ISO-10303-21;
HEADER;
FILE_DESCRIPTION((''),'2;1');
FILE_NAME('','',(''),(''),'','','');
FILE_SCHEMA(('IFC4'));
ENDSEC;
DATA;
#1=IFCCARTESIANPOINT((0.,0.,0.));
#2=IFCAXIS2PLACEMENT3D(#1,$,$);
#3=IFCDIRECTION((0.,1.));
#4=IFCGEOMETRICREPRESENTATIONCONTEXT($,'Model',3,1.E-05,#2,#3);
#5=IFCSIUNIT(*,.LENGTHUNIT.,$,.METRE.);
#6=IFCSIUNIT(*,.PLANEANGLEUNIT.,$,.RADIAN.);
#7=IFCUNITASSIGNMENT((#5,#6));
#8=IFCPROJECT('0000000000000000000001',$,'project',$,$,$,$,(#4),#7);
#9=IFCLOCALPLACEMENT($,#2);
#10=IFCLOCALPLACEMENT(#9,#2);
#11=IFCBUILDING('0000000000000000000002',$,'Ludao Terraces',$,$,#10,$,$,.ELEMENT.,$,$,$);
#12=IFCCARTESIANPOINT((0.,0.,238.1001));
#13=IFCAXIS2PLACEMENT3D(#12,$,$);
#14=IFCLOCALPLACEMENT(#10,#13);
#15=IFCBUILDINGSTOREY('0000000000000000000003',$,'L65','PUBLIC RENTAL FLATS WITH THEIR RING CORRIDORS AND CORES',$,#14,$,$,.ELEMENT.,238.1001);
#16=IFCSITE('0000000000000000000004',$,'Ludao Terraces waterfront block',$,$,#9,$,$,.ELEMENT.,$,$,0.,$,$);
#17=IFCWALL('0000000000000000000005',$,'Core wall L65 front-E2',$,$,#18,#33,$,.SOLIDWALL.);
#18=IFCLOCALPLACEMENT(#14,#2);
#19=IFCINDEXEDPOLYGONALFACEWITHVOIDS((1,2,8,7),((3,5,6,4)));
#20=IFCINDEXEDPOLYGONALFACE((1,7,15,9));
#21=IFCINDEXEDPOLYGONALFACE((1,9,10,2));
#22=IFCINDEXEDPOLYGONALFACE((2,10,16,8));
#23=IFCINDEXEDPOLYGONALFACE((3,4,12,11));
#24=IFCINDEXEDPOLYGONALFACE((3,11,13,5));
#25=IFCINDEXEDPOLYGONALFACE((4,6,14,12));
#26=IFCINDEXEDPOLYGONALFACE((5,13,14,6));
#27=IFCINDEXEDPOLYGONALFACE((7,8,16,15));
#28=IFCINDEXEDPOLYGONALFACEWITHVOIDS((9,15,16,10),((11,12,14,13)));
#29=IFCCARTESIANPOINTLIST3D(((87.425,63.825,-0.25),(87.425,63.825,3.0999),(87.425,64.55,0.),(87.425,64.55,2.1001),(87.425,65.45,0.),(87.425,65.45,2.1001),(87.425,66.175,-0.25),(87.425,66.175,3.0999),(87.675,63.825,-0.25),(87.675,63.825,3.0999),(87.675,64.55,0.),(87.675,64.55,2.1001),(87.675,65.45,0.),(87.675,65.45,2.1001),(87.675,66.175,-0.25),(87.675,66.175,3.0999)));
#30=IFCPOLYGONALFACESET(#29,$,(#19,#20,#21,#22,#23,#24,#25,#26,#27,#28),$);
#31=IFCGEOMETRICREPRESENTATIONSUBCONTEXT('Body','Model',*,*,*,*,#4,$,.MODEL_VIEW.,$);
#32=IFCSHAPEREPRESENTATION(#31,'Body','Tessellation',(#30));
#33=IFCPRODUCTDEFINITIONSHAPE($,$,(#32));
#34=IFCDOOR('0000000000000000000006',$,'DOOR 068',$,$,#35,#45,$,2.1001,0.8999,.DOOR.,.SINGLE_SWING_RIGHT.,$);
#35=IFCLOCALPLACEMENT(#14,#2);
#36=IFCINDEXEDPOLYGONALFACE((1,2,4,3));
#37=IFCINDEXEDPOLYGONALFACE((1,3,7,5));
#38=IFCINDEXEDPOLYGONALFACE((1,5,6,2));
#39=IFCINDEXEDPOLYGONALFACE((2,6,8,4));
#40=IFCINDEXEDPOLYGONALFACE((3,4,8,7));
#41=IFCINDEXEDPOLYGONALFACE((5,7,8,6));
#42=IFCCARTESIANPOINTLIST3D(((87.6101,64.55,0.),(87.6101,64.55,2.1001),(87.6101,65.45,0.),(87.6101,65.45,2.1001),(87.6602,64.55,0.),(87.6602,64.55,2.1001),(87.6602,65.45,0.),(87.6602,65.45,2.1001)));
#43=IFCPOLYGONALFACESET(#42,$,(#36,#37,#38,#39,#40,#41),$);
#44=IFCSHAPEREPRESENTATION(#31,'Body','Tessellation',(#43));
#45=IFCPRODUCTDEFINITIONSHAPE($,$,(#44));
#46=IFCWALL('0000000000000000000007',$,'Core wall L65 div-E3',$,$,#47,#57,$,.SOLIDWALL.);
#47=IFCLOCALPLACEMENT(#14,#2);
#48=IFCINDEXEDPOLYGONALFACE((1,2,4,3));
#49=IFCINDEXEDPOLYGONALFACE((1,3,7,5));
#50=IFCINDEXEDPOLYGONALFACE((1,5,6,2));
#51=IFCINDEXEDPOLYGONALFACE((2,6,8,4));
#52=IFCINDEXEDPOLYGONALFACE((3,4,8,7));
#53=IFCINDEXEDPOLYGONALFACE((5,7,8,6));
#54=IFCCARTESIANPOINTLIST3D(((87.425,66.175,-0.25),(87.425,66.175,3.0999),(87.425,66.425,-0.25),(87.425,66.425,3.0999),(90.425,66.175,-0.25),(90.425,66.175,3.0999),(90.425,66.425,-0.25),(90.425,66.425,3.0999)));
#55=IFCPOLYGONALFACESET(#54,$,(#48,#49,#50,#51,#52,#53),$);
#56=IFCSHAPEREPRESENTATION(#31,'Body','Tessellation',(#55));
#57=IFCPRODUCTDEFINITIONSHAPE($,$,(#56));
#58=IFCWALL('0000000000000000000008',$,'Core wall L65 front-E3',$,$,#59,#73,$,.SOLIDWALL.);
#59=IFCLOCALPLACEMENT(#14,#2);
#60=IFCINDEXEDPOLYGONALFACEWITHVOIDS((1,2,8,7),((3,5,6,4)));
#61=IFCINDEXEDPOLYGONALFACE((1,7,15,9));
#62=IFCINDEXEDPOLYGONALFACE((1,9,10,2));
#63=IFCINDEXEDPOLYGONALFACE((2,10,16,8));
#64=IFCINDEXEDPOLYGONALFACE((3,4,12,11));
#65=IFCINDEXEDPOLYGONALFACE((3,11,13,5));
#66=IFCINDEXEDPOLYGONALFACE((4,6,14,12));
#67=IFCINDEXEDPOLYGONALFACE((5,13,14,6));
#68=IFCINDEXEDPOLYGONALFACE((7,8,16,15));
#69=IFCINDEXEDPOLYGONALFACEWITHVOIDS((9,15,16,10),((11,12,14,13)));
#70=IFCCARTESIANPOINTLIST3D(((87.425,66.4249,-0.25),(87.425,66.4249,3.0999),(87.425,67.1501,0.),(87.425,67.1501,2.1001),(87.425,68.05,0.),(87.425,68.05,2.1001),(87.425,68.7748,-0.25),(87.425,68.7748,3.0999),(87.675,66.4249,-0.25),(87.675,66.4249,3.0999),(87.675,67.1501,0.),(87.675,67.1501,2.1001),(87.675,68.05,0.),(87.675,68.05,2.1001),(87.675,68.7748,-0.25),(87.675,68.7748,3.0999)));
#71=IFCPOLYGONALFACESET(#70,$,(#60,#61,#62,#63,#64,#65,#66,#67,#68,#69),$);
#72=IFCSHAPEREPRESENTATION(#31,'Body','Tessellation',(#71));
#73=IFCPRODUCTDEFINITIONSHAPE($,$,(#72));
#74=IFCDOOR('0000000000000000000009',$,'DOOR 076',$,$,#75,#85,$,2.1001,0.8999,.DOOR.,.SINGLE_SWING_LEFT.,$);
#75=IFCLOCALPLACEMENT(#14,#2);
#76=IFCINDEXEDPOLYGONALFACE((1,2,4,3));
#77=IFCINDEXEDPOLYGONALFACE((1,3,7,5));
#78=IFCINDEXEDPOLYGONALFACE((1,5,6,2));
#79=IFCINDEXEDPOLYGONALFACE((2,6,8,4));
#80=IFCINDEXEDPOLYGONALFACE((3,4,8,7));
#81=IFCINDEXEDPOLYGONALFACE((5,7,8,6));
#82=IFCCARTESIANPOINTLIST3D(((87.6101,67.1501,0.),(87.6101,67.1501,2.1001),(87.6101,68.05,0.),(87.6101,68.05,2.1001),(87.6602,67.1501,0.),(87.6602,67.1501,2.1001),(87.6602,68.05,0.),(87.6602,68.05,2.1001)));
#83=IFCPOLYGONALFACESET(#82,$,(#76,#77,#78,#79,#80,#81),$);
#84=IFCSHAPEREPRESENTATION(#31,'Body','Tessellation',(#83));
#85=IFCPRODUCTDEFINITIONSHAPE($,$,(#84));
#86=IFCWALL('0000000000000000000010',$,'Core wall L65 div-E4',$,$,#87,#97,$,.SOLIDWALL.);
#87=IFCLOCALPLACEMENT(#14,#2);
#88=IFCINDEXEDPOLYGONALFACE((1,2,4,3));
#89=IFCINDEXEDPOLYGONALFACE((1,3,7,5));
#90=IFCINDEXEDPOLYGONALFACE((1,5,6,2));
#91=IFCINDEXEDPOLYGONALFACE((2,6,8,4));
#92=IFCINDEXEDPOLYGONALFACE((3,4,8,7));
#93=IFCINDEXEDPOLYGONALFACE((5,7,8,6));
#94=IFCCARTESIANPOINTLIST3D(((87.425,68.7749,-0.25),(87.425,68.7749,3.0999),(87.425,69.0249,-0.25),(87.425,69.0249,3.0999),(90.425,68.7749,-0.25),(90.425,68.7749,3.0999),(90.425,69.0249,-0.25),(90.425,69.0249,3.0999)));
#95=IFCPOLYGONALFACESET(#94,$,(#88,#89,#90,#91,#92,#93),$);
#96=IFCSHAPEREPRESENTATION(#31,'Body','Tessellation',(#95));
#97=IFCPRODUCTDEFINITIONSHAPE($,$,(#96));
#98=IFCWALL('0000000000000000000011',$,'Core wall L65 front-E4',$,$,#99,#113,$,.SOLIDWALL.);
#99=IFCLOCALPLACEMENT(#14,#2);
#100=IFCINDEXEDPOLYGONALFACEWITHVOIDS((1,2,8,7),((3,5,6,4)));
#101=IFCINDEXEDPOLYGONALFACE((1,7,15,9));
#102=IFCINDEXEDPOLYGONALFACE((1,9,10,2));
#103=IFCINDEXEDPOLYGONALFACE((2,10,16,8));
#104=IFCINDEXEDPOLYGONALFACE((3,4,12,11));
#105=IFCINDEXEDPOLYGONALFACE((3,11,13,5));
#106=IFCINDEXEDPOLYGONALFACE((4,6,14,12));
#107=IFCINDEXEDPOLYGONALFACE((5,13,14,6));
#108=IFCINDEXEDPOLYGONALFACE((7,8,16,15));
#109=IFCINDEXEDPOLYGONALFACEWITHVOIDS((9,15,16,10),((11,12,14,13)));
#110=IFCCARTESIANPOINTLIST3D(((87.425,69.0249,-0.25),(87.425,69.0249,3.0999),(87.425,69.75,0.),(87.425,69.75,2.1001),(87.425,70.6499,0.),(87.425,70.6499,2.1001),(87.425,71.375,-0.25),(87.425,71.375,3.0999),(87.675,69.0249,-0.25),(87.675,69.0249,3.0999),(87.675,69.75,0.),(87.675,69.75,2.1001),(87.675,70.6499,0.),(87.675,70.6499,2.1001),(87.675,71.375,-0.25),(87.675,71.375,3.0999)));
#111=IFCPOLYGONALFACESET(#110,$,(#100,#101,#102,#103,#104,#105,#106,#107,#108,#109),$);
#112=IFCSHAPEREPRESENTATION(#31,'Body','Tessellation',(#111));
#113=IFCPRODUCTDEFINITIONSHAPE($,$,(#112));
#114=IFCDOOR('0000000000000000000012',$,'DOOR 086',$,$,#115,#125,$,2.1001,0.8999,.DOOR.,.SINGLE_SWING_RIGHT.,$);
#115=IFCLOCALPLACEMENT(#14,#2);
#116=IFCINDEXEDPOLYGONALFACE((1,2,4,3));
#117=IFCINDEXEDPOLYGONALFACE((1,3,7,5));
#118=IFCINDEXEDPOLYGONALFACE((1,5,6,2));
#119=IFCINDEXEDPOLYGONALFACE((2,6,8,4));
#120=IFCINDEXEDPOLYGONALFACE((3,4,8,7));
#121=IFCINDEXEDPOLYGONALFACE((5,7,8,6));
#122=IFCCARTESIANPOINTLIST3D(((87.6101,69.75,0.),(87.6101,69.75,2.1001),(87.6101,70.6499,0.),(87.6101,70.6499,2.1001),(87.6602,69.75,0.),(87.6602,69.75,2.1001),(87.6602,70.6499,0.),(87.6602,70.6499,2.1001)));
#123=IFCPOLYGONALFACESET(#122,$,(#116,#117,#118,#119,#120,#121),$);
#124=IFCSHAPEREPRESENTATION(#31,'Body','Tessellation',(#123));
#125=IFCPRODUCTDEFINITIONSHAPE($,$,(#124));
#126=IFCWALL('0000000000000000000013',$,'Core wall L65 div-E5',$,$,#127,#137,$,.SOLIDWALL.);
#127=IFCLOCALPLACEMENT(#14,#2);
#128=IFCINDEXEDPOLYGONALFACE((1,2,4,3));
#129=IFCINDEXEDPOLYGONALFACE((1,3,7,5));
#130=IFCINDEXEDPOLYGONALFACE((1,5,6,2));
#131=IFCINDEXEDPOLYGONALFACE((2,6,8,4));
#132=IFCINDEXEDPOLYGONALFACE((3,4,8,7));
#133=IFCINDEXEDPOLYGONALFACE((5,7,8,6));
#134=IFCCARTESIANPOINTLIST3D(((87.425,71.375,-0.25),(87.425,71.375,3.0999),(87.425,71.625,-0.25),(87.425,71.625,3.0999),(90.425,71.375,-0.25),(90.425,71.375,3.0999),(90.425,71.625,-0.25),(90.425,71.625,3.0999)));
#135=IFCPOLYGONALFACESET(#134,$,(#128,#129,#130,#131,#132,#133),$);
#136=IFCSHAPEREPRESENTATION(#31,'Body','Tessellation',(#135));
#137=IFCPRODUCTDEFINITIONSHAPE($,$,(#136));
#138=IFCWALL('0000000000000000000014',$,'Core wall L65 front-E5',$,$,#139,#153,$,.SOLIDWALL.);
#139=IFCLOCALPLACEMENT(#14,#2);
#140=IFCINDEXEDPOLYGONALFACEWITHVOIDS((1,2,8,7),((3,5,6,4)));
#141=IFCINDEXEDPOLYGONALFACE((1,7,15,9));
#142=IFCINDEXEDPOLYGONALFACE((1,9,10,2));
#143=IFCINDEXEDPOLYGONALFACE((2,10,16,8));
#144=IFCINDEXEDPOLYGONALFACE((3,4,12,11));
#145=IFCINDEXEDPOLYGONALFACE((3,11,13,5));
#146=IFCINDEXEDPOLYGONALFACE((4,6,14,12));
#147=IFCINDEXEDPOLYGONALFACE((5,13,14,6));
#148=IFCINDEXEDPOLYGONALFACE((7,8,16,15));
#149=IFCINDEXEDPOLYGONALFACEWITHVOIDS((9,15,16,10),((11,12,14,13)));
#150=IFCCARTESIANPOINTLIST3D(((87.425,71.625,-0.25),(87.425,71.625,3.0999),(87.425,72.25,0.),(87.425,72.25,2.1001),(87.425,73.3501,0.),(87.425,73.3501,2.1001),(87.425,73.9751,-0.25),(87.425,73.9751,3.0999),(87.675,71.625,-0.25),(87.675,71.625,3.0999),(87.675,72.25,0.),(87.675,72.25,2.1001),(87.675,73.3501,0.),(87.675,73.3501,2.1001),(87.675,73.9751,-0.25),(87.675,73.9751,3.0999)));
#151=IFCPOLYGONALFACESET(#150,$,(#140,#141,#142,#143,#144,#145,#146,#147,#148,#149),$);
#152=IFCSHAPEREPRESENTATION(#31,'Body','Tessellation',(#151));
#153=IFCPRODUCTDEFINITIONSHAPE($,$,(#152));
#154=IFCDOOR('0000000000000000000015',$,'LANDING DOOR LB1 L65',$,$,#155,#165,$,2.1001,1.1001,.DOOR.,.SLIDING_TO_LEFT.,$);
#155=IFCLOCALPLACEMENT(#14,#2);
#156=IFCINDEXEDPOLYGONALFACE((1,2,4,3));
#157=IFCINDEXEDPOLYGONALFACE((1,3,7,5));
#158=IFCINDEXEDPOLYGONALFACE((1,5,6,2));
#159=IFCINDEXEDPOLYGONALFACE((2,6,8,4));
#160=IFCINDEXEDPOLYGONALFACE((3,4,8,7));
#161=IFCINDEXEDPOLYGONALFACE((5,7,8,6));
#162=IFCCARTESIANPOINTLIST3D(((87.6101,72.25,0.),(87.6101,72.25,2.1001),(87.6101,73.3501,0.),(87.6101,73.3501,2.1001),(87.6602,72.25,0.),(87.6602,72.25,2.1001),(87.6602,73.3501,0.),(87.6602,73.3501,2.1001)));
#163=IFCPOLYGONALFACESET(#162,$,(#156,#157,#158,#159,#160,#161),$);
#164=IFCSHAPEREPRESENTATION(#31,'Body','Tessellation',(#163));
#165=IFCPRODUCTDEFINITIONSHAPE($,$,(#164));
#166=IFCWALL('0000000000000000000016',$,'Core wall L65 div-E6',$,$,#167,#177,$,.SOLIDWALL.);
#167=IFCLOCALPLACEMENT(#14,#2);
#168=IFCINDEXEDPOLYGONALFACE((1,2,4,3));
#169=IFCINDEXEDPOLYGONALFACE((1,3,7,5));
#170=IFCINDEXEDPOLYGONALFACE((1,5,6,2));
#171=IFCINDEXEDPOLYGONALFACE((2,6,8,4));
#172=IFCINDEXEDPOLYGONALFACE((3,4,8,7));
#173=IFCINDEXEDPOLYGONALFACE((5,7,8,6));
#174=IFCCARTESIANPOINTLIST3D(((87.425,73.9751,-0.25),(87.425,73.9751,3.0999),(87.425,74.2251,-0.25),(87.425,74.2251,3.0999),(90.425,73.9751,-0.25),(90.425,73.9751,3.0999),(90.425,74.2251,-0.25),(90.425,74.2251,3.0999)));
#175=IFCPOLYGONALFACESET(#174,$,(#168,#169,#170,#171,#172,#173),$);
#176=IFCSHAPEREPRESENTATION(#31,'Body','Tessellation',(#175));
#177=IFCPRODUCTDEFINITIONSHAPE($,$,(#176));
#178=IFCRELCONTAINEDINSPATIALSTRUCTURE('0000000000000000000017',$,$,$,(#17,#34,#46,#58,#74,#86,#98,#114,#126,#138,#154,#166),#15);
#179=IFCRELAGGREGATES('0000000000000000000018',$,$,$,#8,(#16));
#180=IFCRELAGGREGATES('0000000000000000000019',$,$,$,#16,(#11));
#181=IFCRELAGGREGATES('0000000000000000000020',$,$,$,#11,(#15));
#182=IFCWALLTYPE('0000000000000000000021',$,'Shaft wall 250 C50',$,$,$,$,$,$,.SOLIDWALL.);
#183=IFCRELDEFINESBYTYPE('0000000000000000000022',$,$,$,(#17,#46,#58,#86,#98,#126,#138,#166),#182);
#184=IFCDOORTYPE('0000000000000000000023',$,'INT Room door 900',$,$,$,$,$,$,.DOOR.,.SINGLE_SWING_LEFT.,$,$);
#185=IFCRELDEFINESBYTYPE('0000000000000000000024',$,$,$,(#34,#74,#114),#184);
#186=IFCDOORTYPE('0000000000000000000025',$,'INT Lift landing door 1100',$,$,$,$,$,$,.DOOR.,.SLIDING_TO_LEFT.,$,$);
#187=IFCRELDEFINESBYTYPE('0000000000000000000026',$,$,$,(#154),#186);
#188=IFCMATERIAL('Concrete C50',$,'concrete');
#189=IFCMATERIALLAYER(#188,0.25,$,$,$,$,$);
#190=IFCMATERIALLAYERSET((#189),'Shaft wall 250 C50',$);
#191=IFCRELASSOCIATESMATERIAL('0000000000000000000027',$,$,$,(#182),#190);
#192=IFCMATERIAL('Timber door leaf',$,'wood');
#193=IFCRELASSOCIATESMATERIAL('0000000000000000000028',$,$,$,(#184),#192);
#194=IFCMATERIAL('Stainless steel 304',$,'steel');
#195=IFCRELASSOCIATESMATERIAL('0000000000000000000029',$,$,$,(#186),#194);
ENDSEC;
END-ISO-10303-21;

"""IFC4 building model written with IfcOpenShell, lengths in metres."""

from ifc_helpers import new_model, si_unit, direction, frame, frame_2d, origin, place, context, subcontext, project, spatial, rectangle, extrude, material, layer, layer_set, type_object, element, fill, save


model = new_model("IFC4")

# Units and contexts
model_context = context("Model", 3, precision=1e-05, world=origin(), true_north=direction((0.0, 1.0)))
body_context = subcontext(model_context, "Body", "Model", "MODEL_VIEW")
ifc_project = project(units=[si_unit("LENGTHUNIT", "METRE"), si_unit("PLANEANGLEUNIT", "RADIAN")], contexts=[model_context])

# Site, building, storey
site_placement = place(None, origin())
site = spatial("IfcSite", under=ifc_project, at=site_placement, Name="Ludao Terraces waterfront block", CompositionType="ELEMENT", RefElevation=0.0)
building_placement = place(site_placement, origin())
building = spatial("IfcBuilding", under=site, at=building_placement, Name="Ludao Terraces", CompositionType="ELEMENT")
storey_placement = place(building_placement, frame((0.0, 0.0, 238.1001)))
storey = spatial("IfcBuildingStorey", under=building, at=storey_placement, Name="L65", Description="PUBLIC RENTAL FLATS WITH THEIR RING CORRIDORS AND CORES", CompositionType="ELEMENT", Elevation=238.1001)

# Shared definitions
ifc_material_1 = material(Name="Concrete C50", Category="concrete")
ifc_layer_1 = layer(ifc_material_1, 0.25)
ifc_layer_set_1 = layer_set([ifc_layer_1], Name="Shaft wall 250 C50")
wall_type_1 = type_object("IfcWallType", Name="Shaft wall 250 C50", PredefinedType="SOLIDWALL", material=ifc_layer_set_1)

# Wall, opening, door
wall_1_placement = place(storey_placement, frame((87.55, 63.825, -0.25), z_axis=(0.0, 0.0, 1.0), x_axis=(0.0, 1.0, 0.0)))
wall_1 = element("IfcWall", 1, at=wall_1_placement, inside=storey, type_object=wall_type_1, Name="Core wall L65 front-E2", PredefinedType="SOLIDWALL", context=body_context, shape_type="SweptSolid", body=[
    extrude(rectangle(XDim=2.3501, YDim=0.25, at=frame_2d((1.175, 0.0))), origin(), (0.0, 0.0, 1.0), 3.3499),
])
opening_1_placement = place(wall_1_placement, frame((0.7251, 0.0, 0.25)))
opening_1 = element("IfcOpeningElement", 2, at=opening_1_placement, cuts=wall_1, PredefinedType="OPENING", context=body_context, shape_type="SweptSolid", body=[
    extrude(rectangle(XDim=0.8999, YDim=2.1001, at=frame_2d((0.45, 1.05))), frame((0.0, 0.135, 0.0), z_axis=(0.0, -1.0, 0.0), x_axis=(1.0, 0.0, 0.0)), (0.0, 0.0, 1.0), 0.27),
])
ifc_material_2 = material(Name="Timber door leaf", Category="wood")
door_type_1 = type_object("IfcDoorType", Name="INT Room door 900", OperationType="SINGLE_SWING_LEFT", PredefinedType="DOOR", material=ifc_material_2)
door_1_placement = place(opening_1_placement, origin())
door_1 = element("IfcDoor", 3, at=door_1_placement, inside=storey, type_object=door_type_1, Name="DOOR 068", OperationType="SINGLE_SWING_RIGHT", OverallHeight=2.1001, OverallWidth=0.8999, PredefinedType="DOOR", context=body_context, shape_type="SweptSolid", body=[
    extrude(rectangle(XDim=0.8999, YDim=2.1001, at=frame_2d((0.45, 1.05))), frame((0.0, -0.0601, 0.0), z_axis=(0.0, -1.0, 0.0), x_axis=(1.0, 0.0, 0.0)), (0.0, 0.0, 1.0), 0.05),
])
fill(opening_1, door_1)

# Wall
wall_2_placement = place(storey_placement, frame((87.425, 66.3, -0.25), z_axis=(0.0, 0.0, 1.0), x_axis=(1.0, 0.0, 0.0)))
element("IfcWall", 4, at=wall_2_placement, inside=storey, type_object=wall_type_1, Name="Core wall L65 div-E3", PredefinedType="SOLIDWALL", context=body_context, shape_type="SweptSolid", body=[
    extrude(rectangle(XDim=3.0, YDim=0.25, at=frame_2d((1.5, 0.0))), origin(), (0.0, 0.0, 1.0), 3.3499),
])

# Wall, opening, door
wall_3_placement = place(storey_placement, frame((87.55, 66.425, -0.25), z_axis=(0.0, 0.0, 1.0), x_axis=(0.0, 1.0, 0.0)))
wall_3 = element("IfcWall", 5, at=wall_3_placement, inside=storey, type_object=wall_type_1, Name="Core wall L65 front-E3", PredefinedType="SOLIDWALL", context=body_context, shape_type="SweptSolid", body=[
    extrude(rectangle(XDim=2.3499, YDim=0.25, at=frame_2d((1.1748, 0.0))), origin(), (0.0, 0.0, 1.0), 3.3499),
])
opening_2_placement = place(wall_3_placement, frame((0.7251, 0.0, 0.25)))
opening_2 = element("IfcOpeningElement", 6, at=opening_2_placement, cuts=wall_3, PredefinedType="OPENING", context=body_context, shape_type="SweptSolid", body=[
    extrude(rectangle(XDim=0.8999, YDim=2.1001, at=frame_2d((0.45, 1.05))), frame((0.0, 0.135, 0.0), z_axis=(0.0, -1.0, 0.0), x_axis=(1.0, 0.0, 0.0)), (0.0, 0.0, 1.0), 0.27),
])
door_2_placement = place(opening_2_placement, origin())
door_2 = element("IfcDoor", 7, at=door_2_placement, inside=storey, type_object=door_type_1, Name="DOOR 076", OperationType="SINGLE_SWING_LEFT", OverallHeight=2.1001, OverallWidth=0.8999, PredefinedType="DOOR", context=body_context, shape_type="SweptSolid", body=[
    extrude(rectangle(XDim=0.8999, YDim=2.1001, at=frame_2d((0.45, 1.05))), frame((0.0, -0.0601, 0.0), z_axis=(0.0, -1.0, 0.0), x_axis=(1.0, 0.0, 0.0)), (0.0, 0.0, 1.0), 0.05),
])
fill(opening_2, door_2)

# Wall
wall_4_placement = place(storey_placement, frame((87.425, 68.8999, -0.25), z_axis=(0.0, 0.0, 1.0), x_axis=(1.0, 0.0, 0.0)))
element("IfcWall", 8, at=wall_4_placement, inside=storey, type_object=wall_type_1, Name="Core wall L65 div-E4", PredefinedType="SOLIDWALL", context=body_context, shape_type="SweptSolid", body=[
    extrude(rectangle(XDim=3.0, YDim=0.25, at=frame_2d((1.5, 0.0))), origin(), (0.0, 0.0, 1.0), 3.3499),
])

# Wall, opening, door
wall_5_placement = place(storey_placement, frame((87.55, 69.0249, -0.25), z_axis=(0.0, 0.0, 1.0), x_axis=(0.0, 1.0, 0.0)))
wall_5 = element("IfcWall", 9, at=wall_5_placement, inside=storey, type_object=wall_type_1, Name="Core wall L65 front-E4", PredefinedType="SOLIDWALL", context=body_context, shape_type="SweptSolid", body=[
    extrude(rectangle(XDim=2.3501, YDim=0.25, at=frame_2d((1.175, 0.0))), origin(), (0.0, 0.0, 1.0), 3.3499),
])
opening_3_placement = place(wall_5_placement, frame((0.7251, 0.0, 0.25)))
opening_3 = element("IfcOpeningElement", 10, at=opening_3_placement, cuts=wall_5, PredefinedType="OPENING", context=body_context, shape_type="SweptSolid", body=[
    extrude(rectangle(XDim=0.8999, YDim=2.1001, at=frame_2d((0.45, 1.05))), frame((0.0, 0.135, 0.0), z_axis=(0.0, -1.0, 0.0), x_axis=(1.0, 0.0, 0.0)), (0.0, 0.0, 1.0), 0.27),
])
door_3_placement = place(opening_3_placement, origin())
door_3 = element("IfcDoor", 11, at=door_3_placement, inside=storey, type_object=door_type_1, Name="DOOR 086", OperationType="SINGLE_SWING_RIGHT", OverallHeight=2.1001, OverallWidth=0.8999, PredefinedType="DOOR", context=body_context, shape_type="SweptSolid", body=[
    extrude(rectangle(XDim=0.8999, YDim=2.1001, at=frame_2d((0.45, 1.05))), frame((0.0, -0.0601, 0.0), z_axis=(0.0, -1.0, 0.0), x_axis=(1.0, 0.0, 0.0)), (0.0, 0.0, 1.0), 0.05),
])
fill(opening_3, door_3)

# Wall
wall_6_placement = place(storey_placement, frame((87.425, 71.5, -0.25), z_axis=(0.0, 0.0, 1.0), x_axis=(1.0, 0.0, 0.0)))
element("IfcWall", 12, at=wall_6_placement, inside=storey, type_object=wall_type_1, Name="Core wall L65 div-E5", PredefinedType="SOLIDWALL", context=body_context, shape_type="SweptSolid", body=[
    extrude(rectangle(XDim=3.0, YDim=0.25, at=frame_2d((1.5, 0.0))), origin(), (0.0, 0.0, 1.0), 3.3499),
])

# Wall, opening, door
wall_7_placement = place(storey_placement, frame((87.55, 71.625, -0.25), z_axis=(0.0, 0.0, 1.0), x_axis=(0.0, 1.0, 0.0)))
wall_7 = element("IfcWall", 13, at=wall_7_placement, inside=storey, type_object=wall_type_1, Name="Core wall L65 front-E5", PredefinedType="SOLIDWALL", context=body_context, shape_type="SweptSolid", body=[
    extrude(rectangle(XDim=2.3501, YDim=0.25, at=frame_2d((1.175, 0.0))), origin(), (0.0, 0.0, 1.0), 3.3499),
])
opening_4_placement = place(wall_7_placement, frame((0.625, 0.0, 0.25)))
opening_4 = element("IfcOpeningElement", 14, at=opening_4_placement, cuts=wall_7, PredefinedType="OPENING", context=body_context, shape_type="SweptSolid", body=[
    extrude(rectangle(XDim=1.1001, YDim=2.1001, at=frame_2d((0.55, 1.05))), frame((0.0, 0.135, 0.0), z_axis=(0.0, -1.0, 0.0), x_axis=(1.0, 0.0, 0.0)), (0.0, 0.0, 1.0), 0.27),
])
ifc_material_3 = material(Name="Stainless steel 304", Category="steel")
door_type_2 = type_object("IfcDoorType", Name="INT Lift landing door 1100", OperationType="SLIDING_TO_LEFT", PredefinedType="DOOR", material=ifc_material_3)
door_4_placement = place(opening_4_placement, origin())
door_4 = element("IfcDoor", 15, at=door_4_placement, inside=storey, type_object=door_type_2, Name="LANDING DOOR LB1 L65", OperationType="SLIDING_TO_LEFT", OverallHeight=2.1001, OverallWidth=1.1001, PredefinedType="DOOR", context=body_context, shape_type="SweptSolid", body=[
    extrude(rectangle(XDim=1.1001, YDim=2.1001, at=frame_2d((0.55, 1.05))), frame((0.0, -0.0601, 0.0), z_axis=(0.0, -1.0, 0.0), x_axis=(1.0, 0.0, 0.0)), (0.0, 0.0, 1.0), 0.05),
])
fill(opening_4, door_4)

# Wall
wall_8_placement = place(storey_placement, frame((87.425, 74.1001, -0.25), z_axis=(0.0, 0.0, 1.0), x_axis=(1.0, 0.0, 0.0)))
element("IfcWall", 16, at=wall_8_placement, inside=storey, type_object=wall_type_1, Name="Core wall L65 div-E6", PredefinedType="SOLIDWALL", context=body_context, shape_type="SweptSolid", body=[
    extrude(rectangle(XDim=3.0, YDim=0.25, at=frame_2d((1.5, 0.0))), origin(), (0.0, 0.0, 1.0), 3.3499),
])

save(model, "model.ifc")
